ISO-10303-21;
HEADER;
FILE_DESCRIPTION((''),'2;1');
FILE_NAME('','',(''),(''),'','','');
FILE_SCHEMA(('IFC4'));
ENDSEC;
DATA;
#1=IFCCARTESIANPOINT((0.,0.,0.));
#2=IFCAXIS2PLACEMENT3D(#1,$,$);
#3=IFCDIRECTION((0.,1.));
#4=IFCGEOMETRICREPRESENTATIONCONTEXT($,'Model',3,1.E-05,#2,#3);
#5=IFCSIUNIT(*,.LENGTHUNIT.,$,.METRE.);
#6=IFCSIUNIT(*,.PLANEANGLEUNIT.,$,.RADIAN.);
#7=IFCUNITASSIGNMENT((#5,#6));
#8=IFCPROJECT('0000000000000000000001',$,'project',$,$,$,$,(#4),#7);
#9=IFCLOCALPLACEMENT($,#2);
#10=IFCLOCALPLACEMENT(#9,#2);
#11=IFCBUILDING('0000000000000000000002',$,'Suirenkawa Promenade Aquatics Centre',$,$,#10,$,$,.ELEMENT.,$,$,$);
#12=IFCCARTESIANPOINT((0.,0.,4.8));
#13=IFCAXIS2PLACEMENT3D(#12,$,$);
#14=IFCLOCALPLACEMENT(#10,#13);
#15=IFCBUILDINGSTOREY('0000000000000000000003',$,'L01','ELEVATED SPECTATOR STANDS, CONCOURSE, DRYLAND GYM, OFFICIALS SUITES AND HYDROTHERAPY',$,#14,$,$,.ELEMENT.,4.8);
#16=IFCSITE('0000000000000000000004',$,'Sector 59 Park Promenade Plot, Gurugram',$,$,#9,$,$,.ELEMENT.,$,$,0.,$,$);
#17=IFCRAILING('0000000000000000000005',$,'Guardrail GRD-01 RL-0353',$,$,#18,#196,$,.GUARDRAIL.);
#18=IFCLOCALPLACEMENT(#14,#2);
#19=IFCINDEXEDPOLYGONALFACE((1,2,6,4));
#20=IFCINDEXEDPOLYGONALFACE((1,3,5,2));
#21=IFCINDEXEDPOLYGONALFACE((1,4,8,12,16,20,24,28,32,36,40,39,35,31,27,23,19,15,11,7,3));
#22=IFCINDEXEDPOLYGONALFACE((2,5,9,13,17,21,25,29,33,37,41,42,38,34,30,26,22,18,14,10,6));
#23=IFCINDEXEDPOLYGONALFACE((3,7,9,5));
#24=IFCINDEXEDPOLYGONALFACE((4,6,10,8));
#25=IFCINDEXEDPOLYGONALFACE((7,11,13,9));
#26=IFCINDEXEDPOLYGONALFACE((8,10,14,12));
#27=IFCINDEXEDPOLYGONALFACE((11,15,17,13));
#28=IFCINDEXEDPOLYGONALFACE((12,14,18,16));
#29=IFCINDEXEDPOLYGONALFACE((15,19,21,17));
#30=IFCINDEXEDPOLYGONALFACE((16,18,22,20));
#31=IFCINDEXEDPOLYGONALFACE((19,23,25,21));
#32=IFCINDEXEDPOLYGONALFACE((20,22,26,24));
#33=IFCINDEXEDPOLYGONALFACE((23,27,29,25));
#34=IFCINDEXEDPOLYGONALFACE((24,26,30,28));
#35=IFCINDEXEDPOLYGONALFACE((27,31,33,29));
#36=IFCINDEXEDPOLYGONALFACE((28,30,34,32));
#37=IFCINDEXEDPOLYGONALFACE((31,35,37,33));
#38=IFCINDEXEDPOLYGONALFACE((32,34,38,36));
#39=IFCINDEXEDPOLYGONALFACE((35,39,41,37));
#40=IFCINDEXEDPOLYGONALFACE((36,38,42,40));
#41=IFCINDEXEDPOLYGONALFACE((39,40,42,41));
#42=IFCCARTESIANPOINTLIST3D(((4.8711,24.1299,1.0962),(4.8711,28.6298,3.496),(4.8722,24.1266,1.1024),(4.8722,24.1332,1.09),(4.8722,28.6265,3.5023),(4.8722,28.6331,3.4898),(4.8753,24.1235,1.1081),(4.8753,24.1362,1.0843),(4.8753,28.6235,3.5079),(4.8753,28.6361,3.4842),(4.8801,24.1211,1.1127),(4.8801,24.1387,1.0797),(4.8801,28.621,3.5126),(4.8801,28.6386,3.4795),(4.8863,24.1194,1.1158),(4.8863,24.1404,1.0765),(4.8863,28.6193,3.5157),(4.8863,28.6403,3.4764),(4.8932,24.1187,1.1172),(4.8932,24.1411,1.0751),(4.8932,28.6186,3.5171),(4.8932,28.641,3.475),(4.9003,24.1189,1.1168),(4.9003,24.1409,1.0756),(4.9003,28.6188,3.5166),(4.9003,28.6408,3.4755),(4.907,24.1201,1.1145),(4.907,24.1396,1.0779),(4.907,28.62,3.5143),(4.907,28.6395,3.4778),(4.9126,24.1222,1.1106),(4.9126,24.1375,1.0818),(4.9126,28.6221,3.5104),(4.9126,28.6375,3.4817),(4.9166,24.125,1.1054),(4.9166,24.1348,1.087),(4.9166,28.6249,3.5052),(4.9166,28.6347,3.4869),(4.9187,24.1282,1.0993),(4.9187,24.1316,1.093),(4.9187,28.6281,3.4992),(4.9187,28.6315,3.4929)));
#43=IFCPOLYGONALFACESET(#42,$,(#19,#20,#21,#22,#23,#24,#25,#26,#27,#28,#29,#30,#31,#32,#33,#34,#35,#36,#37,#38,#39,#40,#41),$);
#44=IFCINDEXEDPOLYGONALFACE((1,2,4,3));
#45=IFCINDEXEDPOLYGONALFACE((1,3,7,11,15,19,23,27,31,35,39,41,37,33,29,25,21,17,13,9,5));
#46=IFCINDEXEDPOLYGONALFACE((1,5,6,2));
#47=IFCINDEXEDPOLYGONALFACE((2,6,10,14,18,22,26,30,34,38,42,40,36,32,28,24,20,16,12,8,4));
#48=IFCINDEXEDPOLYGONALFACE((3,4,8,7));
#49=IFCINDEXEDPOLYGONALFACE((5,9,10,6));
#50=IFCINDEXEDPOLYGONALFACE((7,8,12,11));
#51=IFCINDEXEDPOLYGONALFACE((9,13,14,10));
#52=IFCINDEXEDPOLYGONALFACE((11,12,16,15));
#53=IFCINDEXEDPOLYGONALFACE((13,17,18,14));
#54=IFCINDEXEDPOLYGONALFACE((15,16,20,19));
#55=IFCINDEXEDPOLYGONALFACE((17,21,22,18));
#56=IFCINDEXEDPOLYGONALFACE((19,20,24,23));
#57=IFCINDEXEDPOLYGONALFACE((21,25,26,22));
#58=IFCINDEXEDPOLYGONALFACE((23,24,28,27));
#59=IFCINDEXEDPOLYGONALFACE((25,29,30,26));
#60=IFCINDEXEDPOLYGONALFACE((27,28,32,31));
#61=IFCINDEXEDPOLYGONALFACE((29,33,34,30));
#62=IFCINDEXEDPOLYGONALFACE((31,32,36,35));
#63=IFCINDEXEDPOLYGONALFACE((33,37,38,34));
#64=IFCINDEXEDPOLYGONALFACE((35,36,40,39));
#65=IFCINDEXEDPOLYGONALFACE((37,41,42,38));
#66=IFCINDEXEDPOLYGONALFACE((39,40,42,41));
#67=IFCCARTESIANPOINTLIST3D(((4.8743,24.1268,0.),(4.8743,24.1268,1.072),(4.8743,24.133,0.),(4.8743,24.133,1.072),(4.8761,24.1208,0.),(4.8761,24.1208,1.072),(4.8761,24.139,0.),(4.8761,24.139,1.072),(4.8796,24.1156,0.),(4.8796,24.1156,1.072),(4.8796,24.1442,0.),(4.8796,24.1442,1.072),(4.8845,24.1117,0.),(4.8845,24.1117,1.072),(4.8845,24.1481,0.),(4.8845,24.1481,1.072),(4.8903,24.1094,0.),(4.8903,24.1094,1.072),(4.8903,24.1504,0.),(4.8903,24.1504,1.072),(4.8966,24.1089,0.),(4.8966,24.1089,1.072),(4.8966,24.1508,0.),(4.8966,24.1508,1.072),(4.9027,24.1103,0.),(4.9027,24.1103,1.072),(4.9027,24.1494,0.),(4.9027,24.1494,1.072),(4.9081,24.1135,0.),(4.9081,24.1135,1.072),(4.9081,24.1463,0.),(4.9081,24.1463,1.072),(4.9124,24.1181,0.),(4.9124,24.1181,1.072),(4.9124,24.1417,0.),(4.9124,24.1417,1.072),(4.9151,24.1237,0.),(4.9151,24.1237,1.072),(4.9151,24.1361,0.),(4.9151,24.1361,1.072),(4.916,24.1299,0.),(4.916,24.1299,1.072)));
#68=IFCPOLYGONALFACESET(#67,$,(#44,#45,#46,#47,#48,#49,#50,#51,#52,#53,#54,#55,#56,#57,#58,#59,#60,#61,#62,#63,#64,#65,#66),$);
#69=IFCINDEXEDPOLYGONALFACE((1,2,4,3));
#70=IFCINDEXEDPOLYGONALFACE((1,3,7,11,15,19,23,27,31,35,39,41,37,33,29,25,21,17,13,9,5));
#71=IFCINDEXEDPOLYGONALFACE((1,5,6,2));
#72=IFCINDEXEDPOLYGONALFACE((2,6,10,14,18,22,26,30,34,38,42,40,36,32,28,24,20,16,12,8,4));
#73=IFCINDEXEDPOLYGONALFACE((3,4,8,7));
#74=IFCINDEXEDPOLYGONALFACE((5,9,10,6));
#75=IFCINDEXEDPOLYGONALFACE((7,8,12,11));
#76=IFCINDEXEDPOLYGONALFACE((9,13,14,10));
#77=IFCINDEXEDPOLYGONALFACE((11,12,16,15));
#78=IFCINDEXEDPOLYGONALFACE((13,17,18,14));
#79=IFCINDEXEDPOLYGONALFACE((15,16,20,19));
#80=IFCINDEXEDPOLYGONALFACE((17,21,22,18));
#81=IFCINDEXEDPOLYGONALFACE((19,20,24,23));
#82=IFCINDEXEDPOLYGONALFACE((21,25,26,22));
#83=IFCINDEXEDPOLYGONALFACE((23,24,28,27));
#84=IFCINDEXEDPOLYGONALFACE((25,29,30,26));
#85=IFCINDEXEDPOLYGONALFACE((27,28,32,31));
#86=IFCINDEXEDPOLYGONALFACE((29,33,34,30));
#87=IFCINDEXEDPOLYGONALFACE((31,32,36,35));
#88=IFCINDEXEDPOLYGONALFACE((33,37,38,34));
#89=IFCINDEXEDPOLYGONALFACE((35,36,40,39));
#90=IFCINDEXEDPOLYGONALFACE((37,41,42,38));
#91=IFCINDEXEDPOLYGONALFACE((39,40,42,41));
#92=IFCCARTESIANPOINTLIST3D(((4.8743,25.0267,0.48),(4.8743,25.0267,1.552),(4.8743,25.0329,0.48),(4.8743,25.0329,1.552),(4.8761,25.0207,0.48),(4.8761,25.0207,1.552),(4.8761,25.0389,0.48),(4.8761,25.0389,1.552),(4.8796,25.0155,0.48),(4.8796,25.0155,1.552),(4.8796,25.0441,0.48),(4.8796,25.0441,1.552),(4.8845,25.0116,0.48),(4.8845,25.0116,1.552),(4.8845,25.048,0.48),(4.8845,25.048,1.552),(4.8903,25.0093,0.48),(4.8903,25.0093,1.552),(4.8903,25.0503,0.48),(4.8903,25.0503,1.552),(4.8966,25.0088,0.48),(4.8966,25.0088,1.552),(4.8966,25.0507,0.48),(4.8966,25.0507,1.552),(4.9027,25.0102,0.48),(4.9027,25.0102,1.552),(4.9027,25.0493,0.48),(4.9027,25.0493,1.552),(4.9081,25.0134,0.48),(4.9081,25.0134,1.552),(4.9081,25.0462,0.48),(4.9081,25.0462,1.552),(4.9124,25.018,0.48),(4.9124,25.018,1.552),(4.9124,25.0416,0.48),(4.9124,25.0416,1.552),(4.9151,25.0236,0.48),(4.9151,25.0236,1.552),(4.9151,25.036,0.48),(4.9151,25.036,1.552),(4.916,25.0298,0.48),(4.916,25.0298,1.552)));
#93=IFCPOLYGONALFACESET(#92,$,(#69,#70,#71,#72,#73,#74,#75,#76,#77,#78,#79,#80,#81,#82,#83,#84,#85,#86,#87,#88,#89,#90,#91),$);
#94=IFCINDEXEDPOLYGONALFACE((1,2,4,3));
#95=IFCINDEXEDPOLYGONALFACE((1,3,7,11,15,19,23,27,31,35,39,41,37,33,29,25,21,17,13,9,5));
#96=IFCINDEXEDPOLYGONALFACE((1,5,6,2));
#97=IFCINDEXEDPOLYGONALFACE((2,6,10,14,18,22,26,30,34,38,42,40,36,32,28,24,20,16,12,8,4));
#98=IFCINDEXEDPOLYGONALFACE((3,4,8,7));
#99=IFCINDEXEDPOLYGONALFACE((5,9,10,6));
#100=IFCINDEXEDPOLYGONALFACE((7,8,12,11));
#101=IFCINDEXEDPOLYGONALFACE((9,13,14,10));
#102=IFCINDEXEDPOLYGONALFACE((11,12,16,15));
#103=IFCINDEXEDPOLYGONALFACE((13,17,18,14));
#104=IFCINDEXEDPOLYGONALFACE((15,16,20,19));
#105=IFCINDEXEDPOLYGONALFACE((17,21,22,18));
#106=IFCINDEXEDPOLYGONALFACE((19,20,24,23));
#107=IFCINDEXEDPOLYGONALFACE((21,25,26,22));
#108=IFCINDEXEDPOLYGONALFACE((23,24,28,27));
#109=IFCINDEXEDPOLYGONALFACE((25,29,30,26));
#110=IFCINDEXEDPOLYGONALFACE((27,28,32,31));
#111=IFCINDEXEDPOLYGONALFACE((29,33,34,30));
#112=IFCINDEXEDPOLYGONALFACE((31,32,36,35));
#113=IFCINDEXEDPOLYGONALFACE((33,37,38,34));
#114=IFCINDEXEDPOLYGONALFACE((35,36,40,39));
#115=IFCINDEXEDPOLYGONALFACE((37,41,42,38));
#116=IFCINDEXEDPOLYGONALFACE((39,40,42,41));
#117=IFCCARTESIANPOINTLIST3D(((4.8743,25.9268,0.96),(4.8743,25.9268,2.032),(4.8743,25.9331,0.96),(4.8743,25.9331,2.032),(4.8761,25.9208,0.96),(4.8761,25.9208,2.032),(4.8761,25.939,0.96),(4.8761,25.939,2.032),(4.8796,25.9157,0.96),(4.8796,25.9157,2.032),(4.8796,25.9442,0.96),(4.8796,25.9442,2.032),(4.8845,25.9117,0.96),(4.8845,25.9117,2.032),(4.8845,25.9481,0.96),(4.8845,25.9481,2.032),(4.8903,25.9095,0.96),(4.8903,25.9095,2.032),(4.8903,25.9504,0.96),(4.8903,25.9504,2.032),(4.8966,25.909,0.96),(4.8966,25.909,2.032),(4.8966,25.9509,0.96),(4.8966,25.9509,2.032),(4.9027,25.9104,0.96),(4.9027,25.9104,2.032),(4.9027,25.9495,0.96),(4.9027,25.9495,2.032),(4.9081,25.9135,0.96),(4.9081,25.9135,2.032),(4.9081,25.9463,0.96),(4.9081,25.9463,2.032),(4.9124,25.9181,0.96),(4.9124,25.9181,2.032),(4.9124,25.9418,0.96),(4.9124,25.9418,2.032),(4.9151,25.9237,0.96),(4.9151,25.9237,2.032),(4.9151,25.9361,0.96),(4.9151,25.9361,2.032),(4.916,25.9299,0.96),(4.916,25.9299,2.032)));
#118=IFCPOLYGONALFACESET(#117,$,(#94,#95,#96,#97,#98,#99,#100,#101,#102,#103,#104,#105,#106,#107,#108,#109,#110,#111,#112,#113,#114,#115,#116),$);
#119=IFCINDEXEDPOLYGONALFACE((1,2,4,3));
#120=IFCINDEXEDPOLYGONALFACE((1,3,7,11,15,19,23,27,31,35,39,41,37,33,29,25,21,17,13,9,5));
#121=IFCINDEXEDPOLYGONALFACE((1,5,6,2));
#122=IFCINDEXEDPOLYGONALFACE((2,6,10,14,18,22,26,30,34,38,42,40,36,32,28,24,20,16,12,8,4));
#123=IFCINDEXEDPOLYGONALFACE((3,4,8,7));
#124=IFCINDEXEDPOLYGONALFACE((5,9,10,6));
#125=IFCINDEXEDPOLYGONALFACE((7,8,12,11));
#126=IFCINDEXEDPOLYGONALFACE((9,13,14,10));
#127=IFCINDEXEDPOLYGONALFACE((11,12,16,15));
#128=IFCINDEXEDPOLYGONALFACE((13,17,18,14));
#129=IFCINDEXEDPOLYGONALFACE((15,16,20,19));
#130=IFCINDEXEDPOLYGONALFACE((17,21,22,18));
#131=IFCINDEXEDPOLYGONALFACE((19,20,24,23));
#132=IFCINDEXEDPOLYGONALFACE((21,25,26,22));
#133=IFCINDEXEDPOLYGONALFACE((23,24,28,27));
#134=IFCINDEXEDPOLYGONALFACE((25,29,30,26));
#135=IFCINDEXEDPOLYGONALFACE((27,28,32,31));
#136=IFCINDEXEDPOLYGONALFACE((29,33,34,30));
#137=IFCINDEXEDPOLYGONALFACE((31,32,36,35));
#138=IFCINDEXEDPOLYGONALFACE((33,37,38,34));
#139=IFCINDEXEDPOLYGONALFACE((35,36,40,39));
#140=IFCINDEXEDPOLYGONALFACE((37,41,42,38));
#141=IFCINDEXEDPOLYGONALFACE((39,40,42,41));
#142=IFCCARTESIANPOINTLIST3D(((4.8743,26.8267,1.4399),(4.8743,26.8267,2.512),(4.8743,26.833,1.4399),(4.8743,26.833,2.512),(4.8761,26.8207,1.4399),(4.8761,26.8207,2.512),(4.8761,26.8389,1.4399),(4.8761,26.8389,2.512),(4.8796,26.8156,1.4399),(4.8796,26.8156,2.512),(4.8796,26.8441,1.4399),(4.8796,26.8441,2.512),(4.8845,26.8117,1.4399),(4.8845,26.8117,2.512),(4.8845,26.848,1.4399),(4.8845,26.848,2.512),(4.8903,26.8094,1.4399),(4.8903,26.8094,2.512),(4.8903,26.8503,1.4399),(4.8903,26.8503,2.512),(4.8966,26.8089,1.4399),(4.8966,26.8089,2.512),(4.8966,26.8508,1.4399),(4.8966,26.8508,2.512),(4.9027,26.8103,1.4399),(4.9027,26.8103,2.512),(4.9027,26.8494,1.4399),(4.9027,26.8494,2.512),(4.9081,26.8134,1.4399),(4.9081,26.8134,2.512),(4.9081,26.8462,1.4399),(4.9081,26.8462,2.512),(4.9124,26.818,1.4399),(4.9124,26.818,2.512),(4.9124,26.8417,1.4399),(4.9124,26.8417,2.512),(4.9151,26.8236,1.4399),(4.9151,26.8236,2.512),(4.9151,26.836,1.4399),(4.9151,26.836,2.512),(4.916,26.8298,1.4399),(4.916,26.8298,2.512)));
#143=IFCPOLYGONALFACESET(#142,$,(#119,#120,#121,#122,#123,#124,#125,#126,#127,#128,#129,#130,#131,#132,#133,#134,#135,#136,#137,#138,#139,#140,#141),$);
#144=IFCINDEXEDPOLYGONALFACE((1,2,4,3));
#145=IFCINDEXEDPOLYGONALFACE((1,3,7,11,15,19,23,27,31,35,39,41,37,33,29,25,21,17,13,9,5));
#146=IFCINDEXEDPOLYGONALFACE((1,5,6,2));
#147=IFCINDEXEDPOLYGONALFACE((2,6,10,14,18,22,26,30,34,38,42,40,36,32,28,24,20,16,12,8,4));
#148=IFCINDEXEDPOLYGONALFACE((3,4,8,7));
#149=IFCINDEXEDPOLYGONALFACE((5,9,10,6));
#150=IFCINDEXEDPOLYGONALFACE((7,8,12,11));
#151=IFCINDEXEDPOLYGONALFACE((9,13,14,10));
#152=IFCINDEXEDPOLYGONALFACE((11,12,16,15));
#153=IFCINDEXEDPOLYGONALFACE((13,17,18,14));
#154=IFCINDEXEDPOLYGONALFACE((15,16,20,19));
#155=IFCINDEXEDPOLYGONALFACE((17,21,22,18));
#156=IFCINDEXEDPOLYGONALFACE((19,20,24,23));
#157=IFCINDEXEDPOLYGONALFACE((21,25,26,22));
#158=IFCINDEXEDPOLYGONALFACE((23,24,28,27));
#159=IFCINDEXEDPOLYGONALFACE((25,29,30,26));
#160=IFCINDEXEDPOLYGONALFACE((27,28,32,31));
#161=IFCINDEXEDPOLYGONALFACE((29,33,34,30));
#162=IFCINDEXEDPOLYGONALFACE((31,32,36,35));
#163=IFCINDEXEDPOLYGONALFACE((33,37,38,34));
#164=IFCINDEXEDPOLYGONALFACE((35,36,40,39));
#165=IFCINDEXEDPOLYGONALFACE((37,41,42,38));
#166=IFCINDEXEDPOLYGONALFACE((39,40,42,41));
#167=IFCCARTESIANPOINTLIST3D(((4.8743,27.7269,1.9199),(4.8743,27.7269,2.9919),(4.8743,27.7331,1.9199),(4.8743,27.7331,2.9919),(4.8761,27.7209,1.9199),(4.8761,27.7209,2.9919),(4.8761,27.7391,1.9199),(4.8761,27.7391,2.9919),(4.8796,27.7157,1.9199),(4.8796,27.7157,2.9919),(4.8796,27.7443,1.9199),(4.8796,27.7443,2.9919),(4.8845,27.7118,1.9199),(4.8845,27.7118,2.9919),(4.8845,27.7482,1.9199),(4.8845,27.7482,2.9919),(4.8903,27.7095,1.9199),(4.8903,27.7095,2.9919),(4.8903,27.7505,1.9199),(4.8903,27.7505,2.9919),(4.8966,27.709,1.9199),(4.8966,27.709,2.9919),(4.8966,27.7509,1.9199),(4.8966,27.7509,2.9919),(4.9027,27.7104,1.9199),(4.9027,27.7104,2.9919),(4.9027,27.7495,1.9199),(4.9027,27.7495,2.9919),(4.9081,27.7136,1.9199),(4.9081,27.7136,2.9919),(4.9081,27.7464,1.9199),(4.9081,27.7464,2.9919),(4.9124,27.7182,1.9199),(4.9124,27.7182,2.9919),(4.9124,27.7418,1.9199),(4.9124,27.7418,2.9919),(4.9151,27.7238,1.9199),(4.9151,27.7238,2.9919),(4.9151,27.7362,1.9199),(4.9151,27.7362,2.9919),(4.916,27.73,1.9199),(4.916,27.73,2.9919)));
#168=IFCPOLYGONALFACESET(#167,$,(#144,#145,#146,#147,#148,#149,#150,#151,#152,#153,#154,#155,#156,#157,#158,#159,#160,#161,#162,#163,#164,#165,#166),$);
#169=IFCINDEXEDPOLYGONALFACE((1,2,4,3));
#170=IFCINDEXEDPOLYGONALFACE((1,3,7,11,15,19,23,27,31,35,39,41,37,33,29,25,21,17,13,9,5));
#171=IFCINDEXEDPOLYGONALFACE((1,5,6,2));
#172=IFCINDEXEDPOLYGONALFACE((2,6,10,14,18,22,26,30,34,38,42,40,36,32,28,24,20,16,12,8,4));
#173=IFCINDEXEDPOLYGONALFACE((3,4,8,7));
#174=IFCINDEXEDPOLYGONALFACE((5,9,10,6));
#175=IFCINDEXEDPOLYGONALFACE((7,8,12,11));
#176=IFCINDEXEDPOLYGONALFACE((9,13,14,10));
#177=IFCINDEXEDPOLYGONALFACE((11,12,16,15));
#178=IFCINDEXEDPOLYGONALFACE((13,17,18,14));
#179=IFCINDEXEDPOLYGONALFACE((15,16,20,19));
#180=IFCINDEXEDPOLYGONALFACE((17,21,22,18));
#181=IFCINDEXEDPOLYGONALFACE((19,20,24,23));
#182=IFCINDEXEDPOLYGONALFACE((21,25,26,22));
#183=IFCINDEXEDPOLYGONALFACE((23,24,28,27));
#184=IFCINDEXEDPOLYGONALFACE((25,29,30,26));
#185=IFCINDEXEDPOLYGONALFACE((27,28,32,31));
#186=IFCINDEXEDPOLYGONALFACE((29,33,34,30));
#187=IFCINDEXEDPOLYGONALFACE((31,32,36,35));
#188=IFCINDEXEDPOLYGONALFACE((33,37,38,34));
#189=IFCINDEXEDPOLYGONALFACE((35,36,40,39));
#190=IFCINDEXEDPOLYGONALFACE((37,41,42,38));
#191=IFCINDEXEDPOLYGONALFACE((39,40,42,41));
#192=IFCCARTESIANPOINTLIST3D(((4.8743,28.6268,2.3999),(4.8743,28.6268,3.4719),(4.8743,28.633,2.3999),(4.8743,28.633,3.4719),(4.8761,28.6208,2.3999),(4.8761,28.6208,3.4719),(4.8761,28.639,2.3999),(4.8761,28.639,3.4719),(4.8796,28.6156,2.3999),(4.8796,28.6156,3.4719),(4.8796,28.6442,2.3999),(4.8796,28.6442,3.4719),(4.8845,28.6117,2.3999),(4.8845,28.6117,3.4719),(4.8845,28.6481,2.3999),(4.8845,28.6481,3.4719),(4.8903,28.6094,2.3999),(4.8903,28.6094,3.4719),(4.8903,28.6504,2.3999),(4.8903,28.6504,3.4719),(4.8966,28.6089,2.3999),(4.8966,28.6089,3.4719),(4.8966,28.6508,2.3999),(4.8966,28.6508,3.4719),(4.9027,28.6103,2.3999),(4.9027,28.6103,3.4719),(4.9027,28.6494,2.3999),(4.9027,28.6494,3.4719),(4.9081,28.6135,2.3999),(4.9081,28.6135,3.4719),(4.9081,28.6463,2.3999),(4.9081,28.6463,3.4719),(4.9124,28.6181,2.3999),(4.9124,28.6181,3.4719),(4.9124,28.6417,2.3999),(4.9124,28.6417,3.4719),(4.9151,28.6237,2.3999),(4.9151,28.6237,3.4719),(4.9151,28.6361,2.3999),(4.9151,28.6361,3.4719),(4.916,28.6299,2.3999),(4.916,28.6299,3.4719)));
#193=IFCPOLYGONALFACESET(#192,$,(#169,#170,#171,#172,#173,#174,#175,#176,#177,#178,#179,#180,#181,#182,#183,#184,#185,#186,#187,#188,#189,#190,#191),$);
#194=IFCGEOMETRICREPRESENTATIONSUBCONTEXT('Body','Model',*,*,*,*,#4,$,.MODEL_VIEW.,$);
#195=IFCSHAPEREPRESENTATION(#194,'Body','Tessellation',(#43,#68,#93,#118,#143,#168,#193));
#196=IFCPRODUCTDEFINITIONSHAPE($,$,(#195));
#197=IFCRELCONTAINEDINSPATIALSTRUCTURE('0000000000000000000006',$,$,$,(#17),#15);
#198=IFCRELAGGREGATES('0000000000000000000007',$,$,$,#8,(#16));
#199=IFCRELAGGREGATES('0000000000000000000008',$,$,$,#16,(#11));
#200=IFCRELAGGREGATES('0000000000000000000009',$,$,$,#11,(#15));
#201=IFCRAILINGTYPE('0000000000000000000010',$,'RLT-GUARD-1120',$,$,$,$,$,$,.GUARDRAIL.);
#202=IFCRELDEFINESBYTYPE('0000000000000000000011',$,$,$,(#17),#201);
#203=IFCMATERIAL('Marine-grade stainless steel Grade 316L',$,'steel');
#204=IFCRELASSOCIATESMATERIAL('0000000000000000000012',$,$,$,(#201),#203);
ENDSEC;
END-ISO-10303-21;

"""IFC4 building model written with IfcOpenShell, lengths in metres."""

from ifc_helpers import new_model, si_unit, direction, frame, origin, origin_2d, place, context, subcontext, project, spatial, circle, extrude, material, type_object, element, save


model = new_model("IFC4")

# Units and contexts
model_context = context("Model", 3, precision=1e-05, world=origin(), true_north=direction((0.0, 1.0)))
body_context = subcontext(model_context, "Body", "Model", "MODEL_VIEW")
ifc_project = project(units=[si_unit("LENGTHUNIT", "METRE"), si_unit("PLANEANGLEUNIT", "RADIAN")], contexts=[model_context])

# Site, building, storey
site_placement = place(None, origin())
site = spatial("IfcSite", under=ifc_project, at=site_placement, Name="Sector 59 Park Promenade Plot, Gurugram", CompositionType="ELEMENT", RefElevation=0.0)
building_placement = place(site_placement, origin())
building = spatial("IfcBuilding", under=site, at=building_placement, Name="Suirenkawa Promenade Aquatics Centre", CompositionType="ELEMENT")
storey_placement = place(building_placement, frame((0.0, 0.0, 4.8)))
storey = spatial("IfcBuildingStorey", under=building, at=storey_placement, Name="L01", Description="ELEVATED SPECTATOR STANDS, CONCOURSE, DRYLAND GYM, OFFICIALS SUITES AND HYDROTHERAPY", CompositionType="ELEMENT", Elevation=4.8)

# Railing
ifc_material_1 = material(Name="Marine-grade stainless steel Grade 316L", Category="steel")
railing_type_1 = type_object("IfcRailingType", Name="RLT-GUARD-1120", PredefinedType="GUARDRAIL", material=ifc_material_1)
for number, where, name in (
    (1, (4.895, 24.1299, 0.0), "Guardrail GRD-01 RL-0353"),
):
    element("IfcRailing", number, at=place(storey_placement, frame(where)), inside=storey, type_object=railing_type_1, Name=name, PredefinedType="GUARDRAIL", context=body_context, shape_type="SweptSolid", body=[
        extrude(circle(Radius=0.0239, at=origin_2d()), frame((0.0, 0.0, 1.0962), z_axis=(0.0, 0.882361, 0.470573), x_axis=(-1.0, 0.0, 0.0)), (0.0, 0.0, 1.0), 5.0999),
        extrude(circle(Radius=0.021, at=origin_2d()), origin(), (0.0, 0.0, 1.0), 1.072),
        extrude(circle(Radius=0.021, at=origin_2d()), frame((0.0, 0.8999, 0.48)), (0.0, 0.0, 1.0), 1.072),
        extrude(circle(Radius=0.021, at=origin_2d()), frame((0.0, 1.8, 0.96)), (0.0, 0.0, 1.0), 1.072),
        extrude(circle(Radius=0.021, at=origin_2d()), frame((0.0, 2.7, 1.4399)), (0.0, 0.0, 1.0), 1.072),
        extrude(circle(Radius=0.021, at=origin_2d()), frame((0.0, 3.6001, 1.9199)), (0.0, 0.0, 1.0), 1.072),
        extrude(circle(Radius=0.021, at=origin_2d()), frame((0.0, 4.5, 2.3999)), (0.0, 0.0, 1.0), 1.072),
    ])

save(model, "model.ifc")
